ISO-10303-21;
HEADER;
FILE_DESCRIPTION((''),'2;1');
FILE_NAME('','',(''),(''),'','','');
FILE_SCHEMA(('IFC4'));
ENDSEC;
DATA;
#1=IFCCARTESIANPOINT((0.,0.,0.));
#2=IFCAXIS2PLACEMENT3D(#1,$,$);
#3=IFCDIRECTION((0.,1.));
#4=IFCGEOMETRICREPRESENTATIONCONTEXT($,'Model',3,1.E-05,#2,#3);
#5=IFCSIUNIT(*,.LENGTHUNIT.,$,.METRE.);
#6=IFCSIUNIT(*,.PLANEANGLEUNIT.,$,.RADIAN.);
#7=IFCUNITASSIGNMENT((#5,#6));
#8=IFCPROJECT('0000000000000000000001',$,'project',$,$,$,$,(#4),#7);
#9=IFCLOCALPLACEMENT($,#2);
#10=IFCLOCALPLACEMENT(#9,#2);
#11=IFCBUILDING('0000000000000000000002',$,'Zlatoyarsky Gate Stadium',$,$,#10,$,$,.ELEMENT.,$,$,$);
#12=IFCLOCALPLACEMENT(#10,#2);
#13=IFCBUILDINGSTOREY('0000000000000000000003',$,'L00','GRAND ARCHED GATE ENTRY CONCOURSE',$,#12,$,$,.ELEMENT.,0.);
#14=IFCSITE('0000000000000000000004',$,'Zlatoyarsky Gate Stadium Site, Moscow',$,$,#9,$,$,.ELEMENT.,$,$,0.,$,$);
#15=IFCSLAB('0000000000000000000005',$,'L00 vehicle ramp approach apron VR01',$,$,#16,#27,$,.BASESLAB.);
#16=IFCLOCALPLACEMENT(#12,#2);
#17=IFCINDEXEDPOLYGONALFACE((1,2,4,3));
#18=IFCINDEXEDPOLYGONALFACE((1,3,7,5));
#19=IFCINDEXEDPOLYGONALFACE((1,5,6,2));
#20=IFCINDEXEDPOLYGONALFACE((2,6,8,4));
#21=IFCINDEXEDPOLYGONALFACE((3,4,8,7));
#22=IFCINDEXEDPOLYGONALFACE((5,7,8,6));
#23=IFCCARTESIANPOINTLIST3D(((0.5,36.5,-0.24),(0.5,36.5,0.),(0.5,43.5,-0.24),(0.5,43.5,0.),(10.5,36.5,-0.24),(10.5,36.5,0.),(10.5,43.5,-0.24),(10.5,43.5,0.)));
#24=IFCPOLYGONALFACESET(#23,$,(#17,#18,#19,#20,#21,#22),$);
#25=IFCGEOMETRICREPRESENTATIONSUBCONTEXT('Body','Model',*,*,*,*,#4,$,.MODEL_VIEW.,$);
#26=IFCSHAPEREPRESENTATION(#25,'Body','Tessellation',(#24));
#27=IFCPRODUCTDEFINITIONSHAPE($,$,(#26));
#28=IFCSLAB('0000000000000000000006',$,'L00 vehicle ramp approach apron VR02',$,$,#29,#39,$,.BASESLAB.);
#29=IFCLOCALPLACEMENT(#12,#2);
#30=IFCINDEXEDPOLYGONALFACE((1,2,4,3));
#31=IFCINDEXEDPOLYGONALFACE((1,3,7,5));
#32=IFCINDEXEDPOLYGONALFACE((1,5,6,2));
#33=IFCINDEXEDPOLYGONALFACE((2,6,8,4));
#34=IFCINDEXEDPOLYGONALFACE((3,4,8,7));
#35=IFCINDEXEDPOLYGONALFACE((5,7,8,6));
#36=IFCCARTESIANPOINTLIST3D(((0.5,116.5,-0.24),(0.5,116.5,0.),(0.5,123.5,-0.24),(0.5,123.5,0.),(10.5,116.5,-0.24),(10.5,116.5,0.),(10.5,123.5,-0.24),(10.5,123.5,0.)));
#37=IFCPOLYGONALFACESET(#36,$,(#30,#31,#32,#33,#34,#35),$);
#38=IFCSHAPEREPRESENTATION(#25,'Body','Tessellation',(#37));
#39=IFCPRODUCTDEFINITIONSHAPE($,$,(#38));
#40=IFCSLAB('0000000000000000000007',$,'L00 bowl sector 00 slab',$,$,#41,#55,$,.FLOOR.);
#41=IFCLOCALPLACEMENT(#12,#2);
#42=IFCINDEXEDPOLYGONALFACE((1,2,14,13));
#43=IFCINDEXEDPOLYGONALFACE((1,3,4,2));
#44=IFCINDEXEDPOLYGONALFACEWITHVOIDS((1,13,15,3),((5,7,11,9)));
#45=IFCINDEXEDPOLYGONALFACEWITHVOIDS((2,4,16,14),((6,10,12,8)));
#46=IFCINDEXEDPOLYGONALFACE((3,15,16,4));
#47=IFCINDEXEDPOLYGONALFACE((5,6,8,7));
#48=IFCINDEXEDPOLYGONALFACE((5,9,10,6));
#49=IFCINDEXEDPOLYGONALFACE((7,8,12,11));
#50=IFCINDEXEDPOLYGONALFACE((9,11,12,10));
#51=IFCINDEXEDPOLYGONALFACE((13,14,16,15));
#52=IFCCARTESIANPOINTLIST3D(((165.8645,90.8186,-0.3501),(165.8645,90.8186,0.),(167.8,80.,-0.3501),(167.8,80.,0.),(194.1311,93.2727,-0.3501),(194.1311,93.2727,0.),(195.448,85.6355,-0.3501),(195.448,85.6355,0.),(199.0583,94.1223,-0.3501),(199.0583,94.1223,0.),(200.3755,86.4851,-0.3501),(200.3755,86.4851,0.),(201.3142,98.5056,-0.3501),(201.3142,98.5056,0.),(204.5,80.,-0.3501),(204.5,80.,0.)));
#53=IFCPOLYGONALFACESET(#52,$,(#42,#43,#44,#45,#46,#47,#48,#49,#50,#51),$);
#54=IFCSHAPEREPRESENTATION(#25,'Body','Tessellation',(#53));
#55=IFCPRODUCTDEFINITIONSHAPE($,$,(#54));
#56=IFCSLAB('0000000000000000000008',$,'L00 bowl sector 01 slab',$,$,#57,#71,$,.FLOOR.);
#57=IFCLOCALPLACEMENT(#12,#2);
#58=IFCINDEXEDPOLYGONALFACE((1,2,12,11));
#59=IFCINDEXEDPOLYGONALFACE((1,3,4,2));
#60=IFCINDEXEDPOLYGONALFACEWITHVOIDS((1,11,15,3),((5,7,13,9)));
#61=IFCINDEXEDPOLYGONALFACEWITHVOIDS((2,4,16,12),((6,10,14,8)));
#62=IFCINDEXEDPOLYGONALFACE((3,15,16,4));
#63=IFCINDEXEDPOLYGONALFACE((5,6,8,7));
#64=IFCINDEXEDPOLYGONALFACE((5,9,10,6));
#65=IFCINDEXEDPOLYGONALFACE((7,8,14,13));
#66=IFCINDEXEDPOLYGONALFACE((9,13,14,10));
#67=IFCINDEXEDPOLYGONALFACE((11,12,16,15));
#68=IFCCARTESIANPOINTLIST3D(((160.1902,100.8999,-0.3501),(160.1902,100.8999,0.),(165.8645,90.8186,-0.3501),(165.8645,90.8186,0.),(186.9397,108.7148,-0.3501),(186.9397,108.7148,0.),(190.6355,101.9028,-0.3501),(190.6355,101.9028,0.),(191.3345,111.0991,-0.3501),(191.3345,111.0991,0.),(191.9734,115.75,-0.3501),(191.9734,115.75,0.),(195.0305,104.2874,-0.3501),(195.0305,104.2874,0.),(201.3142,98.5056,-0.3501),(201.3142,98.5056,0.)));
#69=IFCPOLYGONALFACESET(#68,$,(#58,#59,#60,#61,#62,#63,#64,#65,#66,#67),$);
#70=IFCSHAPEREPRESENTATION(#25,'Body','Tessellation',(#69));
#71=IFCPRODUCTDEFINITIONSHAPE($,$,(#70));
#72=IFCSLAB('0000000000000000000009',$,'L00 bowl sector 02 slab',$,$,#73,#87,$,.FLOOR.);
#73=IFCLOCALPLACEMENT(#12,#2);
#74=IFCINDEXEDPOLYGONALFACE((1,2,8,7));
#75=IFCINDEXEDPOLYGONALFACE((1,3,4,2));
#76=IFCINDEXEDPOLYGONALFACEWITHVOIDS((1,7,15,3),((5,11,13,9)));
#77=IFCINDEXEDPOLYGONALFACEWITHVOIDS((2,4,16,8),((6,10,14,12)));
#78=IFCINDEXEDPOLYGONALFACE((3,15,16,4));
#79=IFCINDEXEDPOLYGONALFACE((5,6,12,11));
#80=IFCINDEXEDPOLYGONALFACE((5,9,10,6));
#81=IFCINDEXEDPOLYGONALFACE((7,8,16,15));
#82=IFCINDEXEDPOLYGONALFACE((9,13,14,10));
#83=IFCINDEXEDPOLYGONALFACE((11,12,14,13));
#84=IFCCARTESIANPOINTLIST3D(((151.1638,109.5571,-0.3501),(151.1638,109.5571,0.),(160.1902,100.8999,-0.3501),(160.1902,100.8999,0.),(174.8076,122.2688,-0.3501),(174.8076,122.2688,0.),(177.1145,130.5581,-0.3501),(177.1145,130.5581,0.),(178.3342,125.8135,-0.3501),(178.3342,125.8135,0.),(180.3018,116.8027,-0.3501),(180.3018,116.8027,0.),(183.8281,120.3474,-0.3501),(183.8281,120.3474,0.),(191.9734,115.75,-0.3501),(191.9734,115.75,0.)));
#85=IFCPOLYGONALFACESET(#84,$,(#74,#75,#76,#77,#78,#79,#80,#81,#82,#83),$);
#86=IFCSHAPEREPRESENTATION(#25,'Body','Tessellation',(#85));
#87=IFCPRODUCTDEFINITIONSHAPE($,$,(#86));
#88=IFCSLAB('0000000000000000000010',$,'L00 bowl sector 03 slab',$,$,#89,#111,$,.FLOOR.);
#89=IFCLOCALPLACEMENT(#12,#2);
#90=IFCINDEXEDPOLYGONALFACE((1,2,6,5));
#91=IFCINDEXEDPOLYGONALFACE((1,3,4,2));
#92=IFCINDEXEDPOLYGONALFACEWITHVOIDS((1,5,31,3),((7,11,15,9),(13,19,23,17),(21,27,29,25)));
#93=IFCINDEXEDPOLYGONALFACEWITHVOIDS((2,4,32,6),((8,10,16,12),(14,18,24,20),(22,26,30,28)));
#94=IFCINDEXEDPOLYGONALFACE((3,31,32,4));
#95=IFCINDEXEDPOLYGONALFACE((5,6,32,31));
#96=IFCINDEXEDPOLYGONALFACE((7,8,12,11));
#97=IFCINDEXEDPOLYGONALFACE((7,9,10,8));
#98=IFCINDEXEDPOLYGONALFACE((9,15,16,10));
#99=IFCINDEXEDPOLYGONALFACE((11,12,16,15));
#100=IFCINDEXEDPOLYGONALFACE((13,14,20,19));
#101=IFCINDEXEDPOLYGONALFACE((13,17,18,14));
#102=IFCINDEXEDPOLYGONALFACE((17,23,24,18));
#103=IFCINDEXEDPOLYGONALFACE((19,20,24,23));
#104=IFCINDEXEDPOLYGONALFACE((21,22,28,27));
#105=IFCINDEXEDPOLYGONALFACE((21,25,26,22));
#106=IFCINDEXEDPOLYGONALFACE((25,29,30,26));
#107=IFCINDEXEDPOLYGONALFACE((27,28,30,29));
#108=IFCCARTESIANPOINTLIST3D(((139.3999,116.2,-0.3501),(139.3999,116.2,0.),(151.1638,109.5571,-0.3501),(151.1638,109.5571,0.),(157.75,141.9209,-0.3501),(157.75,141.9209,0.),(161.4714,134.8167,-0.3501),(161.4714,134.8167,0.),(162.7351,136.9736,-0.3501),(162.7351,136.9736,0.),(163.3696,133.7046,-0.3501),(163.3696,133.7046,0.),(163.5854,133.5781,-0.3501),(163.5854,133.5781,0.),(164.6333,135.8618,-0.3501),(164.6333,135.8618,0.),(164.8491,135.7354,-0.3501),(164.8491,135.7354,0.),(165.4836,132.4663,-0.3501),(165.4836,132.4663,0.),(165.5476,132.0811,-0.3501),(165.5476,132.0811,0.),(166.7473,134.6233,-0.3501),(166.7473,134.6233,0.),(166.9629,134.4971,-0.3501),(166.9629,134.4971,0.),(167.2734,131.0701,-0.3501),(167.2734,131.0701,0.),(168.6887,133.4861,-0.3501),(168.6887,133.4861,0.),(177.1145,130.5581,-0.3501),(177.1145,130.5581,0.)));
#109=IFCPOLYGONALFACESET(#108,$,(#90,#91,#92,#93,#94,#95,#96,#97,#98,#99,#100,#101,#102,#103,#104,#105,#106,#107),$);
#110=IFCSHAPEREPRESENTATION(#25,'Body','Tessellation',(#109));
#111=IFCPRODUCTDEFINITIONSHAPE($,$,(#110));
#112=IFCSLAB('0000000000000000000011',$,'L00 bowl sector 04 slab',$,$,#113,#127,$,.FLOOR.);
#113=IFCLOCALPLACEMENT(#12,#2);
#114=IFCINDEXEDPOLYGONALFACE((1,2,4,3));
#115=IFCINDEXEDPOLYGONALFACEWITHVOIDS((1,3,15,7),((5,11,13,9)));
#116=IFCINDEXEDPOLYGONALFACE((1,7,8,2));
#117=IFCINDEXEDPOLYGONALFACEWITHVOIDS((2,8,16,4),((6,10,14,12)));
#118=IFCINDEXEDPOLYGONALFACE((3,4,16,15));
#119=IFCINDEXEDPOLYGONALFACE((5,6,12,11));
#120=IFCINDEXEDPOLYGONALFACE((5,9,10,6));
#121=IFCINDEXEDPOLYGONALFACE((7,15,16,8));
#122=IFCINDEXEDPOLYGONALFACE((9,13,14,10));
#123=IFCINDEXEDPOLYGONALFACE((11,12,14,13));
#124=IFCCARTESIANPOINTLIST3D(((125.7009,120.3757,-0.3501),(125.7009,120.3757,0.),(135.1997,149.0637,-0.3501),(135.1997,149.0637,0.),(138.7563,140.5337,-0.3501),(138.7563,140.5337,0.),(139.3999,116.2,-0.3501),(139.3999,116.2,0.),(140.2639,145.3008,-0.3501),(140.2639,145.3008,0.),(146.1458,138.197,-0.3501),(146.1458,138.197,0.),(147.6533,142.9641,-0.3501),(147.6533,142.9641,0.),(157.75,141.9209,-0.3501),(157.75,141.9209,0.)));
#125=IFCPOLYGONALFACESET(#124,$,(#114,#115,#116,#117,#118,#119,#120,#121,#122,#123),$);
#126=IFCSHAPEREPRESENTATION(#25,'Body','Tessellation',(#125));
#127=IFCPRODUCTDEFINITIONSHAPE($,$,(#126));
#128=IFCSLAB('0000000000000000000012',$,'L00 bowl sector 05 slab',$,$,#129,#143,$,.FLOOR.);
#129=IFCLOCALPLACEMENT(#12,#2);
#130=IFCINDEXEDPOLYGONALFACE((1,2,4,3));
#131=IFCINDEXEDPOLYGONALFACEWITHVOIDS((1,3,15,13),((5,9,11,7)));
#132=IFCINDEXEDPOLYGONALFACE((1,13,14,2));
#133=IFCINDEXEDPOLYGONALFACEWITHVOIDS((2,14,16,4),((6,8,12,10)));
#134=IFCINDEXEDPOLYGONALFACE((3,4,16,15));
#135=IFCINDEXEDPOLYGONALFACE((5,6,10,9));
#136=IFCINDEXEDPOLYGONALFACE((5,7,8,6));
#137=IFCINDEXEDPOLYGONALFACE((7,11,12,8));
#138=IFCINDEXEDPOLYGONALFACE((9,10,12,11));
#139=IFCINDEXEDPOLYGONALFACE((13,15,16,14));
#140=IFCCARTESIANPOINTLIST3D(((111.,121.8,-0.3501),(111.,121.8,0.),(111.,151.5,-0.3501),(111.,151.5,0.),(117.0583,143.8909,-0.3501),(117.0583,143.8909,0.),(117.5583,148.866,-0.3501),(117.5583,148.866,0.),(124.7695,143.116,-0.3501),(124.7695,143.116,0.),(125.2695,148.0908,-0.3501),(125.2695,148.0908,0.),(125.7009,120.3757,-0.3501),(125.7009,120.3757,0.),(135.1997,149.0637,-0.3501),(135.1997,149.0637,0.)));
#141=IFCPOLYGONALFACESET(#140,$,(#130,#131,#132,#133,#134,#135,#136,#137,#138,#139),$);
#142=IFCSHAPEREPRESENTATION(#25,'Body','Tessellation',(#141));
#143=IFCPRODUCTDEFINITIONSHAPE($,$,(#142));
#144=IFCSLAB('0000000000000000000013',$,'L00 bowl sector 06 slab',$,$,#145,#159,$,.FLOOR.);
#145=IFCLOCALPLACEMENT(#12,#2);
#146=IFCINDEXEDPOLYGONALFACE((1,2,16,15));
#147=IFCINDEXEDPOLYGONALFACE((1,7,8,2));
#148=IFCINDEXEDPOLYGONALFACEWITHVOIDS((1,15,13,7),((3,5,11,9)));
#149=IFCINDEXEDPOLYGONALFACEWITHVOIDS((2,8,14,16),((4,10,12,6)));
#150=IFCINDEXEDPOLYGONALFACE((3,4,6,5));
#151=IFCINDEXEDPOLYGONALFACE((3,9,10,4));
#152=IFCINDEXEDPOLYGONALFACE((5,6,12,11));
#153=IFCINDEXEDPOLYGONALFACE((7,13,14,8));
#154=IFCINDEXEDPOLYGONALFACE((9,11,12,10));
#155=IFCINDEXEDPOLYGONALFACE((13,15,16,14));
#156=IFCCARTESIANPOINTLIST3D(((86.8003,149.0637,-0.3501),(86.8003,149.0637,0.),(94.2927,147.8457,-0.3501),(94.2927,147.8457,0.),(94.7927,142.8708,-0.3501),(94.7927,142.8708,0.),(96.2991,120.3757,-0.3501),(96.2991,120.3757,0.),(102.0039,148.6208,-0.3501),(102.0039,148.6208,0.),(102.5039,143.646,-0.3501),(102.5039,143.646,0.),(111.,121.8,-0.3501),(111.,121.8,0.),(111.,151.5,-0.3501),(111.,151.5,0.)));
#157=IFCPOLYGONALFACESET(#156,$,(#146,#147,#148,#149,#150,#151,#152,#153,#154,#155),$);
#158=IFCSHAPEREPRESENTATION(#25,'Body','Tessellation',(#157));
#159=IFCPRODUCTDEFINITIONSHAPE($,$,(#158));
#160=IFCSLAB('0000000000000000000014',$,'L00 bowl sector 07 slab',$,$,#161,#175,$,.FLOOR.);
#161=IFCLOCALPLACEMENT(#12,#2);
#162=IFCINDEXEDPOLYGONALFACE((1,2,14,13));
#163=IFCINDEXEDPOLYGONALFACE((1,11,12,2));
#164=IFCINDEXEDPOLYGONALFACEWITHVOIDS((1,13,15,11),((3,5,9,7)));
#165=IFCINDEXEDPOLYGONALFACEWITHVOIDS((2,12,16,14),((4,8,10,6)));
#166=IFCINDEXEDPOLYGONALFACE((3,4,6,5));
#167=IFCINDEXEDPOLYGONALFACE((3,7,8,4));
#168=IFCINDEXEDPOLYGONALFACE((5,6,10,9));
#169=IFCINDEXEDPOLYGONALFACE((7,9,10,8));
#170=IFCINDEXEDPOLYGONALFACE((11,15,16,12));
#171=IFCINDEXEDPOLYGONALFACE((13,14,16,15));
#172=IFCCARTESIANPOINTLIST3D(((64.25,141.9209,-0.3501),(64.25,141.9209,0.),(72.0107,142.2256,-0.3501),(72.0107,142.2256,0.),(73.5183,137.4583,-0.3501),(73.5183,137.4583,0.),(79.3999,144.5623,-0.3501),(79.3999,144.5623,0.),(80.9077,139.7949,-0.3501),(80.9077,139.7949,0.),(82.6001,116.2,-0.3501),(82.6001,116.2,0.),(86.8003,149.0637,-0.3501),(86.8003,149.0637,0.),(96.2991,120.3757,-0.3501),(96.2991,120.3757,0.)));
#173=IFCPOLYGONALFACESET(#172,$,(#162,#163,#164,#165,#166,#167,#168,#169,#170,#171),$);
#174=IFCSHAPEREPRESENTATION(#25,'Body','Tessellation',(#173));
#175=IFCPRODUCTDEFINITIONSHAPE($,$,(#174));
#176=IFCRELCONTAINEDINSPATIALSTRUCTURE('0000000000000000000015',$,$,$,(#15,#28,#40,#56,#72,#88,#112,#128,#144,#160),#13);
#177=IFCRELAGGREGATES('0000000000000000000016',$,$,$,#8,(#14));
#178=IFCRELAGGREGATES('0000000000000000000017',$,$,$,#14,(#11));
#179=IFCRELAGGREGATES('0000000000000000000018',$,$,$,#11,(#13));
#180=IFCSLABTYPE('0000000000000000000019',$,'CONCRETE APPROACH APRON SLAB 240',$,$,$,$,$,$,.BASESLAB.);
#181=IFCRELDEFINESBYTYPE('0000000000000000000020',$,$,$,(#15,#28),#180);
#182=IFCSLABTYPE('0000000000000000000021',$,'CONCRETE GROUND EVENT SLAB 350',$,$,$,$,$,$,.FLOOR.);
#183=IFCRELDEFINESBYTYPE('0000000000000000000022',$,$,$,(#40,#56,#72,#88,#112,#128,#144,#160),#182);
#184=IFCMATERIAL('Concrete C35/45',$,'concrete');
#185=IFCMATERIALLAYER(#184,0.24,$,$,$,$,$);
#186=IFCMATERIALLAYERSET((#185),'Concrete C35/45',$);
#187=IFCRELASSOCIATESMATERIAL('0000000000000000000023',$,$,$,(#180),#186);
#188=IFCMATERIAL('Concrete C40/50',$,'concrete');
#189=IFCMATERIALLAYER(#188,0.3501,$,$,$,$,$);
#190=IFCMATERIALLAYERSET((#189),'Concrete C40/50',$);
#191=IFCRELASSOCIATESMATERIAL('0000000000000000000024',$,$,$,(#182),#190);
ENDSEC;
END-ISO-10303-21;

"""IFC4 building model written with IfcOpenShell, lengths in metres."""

from ifc_helpers import new_model, si_unit, direction, frame, origin, place, context, subcontext, project, spatial, polyline, outline, extrude, material, layer, layer_set, type_object, element, save


model = new_model("IFC4")

# Units and contexts
model_context = context("Model", 3, precision=1e-05, world=origin(), true_north=direction((0.0, 1.0)))
body_context = subcontext(model_context, "Body", "Model", "MODEL_VIEW")
ifc_project = project(units=[si_unit("LENGTHUNIT", "METRE"), si_unit("PLANEANGLEUNIT", "RADIAN")], contexts=[model_context])

# Site, building, storey
site_placement = place(None, origin())
site = spatial("IfcSite", under=ifc_project, at=site_placement, Name="Zlatoyarsky Gate Stadium Site, Moscow", CompositionType="ELEMENT", RefElevation=0.0)
building_placement = place(site_placement, origin())
building = spatial("IfcBuilding", under=site, at=building_placement, Name="Zlatoyarsky Gate Stadium", CompositionType="ELEMENT")
storey_placement = place(building_placement, origin())
storey = spatial("IfcBuildingStorey", under=building, at=storey_placement, Name="L00", Description="GRAND ARCHED GATE ENTRY CONCOURSE", CompositionType="ELEMENT", Elevation=0.0)

# Slabs
ifc_material_1 = material(Name="Concrete C35/45", Category="concrete")
ifc_layer_1 = layer(ifc_material_1, 0.24)
ifc_layer_set_1 = layer_set([ifc_layer_1], Name="Concrete C35/45")
slab_type_1 = type_object("IfcSlabType", Name="CONCRETE APPROACH APRON SLAB 240", PredefinedType="BASESLAB", material=ifc_layer_set_1)
slab_1_placement = place(storey_placement, frame((0.0, 0.0, -0.24)))
element("IfcSlab", 1, at=slab_1_placement, inside=storey, type_object=slab_type_1, Name="L00 vehicle ramp approach apron VR01", PredefinedType="BASESLAB", context=body_context, shape_type="SweptSolid", body=[
    extrude(outline(polyline([(0.5, 36.5), (10.5, 36.5), (10.5, 43.5), (0.5, 43.5), (0.5, 36.5)])), origin(), (0.0, 0.0, 1.0), 0.24),
])
slab_2_placement = place(storey_placement, frame((0.0, 0.0, -0.24)))
element("IfcSlab", 2, at=slab_2_placement, inside=storey, type_object=slab_type_1, Name="L00 vehicle ramp approach apron VR02", PredefinedType="BASESLAB", context=body_context, shape_type="SweptSolid", body=[
    extrude(outline(polyline([(0.5, 116.5), (10.5, 116.5), (10.5, 123.5), (0.5, 123.5), (0.5, 116.5)])), origin(), (0.0, 0.0, 1.0), 0.24),
])
ifc_material_2 = material(Name="Concrete C40/50", Category="concrete")
ifc_layer_2 = layer(ifc_material_2, 0.3501)
ifc_layer_set_2 = layer_set([ifc_layer_2], Name="Concrete C40/50")
slab_type_2 = type_object("IfcSlabType", Name="CONCRETE GROUND EVENT SLAB 350", PredefinedType="FLOOR", material=ifc_layer_set_2)
slab_3_placement = place(storey_placement, frame((0.0, 0.0, -0.3501)))
element("IfcSlab", 3, at=slab_3_placement, inside=storey, type_object=slab_type_2, Name="L00 bowl sector 00 slab", PredefinedType="FLOOR", context=body_context, shape_type="SweptSolid", body=[
    extrude(outline(polyline([(165.8645, 90.8186), (201.3142, 98.5056), (204.5, 80.0), (167.8, 80.0), (165.8645, 90.8186)]), holes=[polyline([(195.448, 85.6355), (200.3755, 86.4851), (199.0583, 94.1223), (194.1311, 93.2727), (195.448, 85.6355)])]), origin(), (0.0, 0.0, 1.0), 0.3501),
])
slab_4_placement = place(storey_placement, frame((0.0, 0.0, -0.3501)))
element("IfcSlab", 4, at=slab_4_placement, inside=storey, type_object=slab_type_2, Name="L00 bowl sector 01 slab", PredefinedType="FLOOR", context=body_context, shape_type="SweptSolid", body=[
    extrude(outline(polyline([(160.1902, 100.8999), (191.9734, 115.75), (201.3142, 98.5056), (165.8645, 90.8186), (160.1902, 100.8999)]), holes=[polyline([(195.0305, 104.2874), (191.3345, 111.0991), (186.9397, 108.7148), (190.6355, 101.9028), (195.0305, 104.2874)])]), origin(), (0.0, 0.0, 1.0), 0.3501),
])
slab_5_placement = place(storey_placement, frame((0.0, 0.0, -0.3501)))
element("IfcSlab", 5, at=slab_5_placement, inside=storey, type_object=slab_type_2, Name="L00 bowl sector 02 slab", PredefinedType="FLOOR", context=body_context, shape_type="SweptSolid", body=[
    extrude(outline(polyline([(151.1638, 109.5571), (177.1145, 130.5581), (191.9734, 115.75), (160.1902, 100.8999), (151.1638, 109.5571)]), holes=[polyline([(180.3018, 116.8027), (183.8281, 120.3474), (178.3342, 125.8135), (174.8076, 122.2688), (180.3018, 116.8027)])]), origin(), (0.0, 0.0, 1.0), 0.3501),
])
slab_6_placement = place(storey_placement, frame((0.0, 0.0, -0.3501)))
element("IfcSlab", 6, at=slab_6_placement, inside=storey, type_object=slab_type_2, Name="L00 bowl sector 03 slab", PredefinedType="FLOOR", context=body_context, shape_type="SweptSolid", body=[
    extrude(outline(polyline([(139.3999, 116.2), (157.75, 141.9209), (177.1145, 130.5581), (151.1638, 109.5571), (139.3999, 116.2)]), holes=[polyline([(167.2734, 131.0701), (168.6887, 133.4861), (166.9629, 134.4971), (165.5476, 132.0811), (167.2734, 131.0701)]), polyline([(165.4836, 132.4663), (166.7473, 134.6233), (164.8491, 135.7354), (163.5854, 133.5781), (165.4836, 132.4663)]), polyline([(163.3696, 133.7046), (164.6333, 135.8618), (162.7351, 136.9736), (161.4714, 134.8167), (163.3696, 133.7046)])]), origin(), (0.0, 0.0, 1.0), 0.3501),
])
slab_7_placement = place(storey_placement, frame((0.0, 0.0, -0.3501)))
element("IfcSlab", 7, at=slab_7_placement, inside=storey, type_object=slab_type_2, Name="L00 bowl sector 04 slab", PredefinedType="FLOOR", context=body_context, shape_type="SweptSolid", body=[
    extrude(outline(polyline([(125.7009, 120.3757), (135.1997, 149.0637), (157.75, 141.9209), (139.3999, 116.2), (125.7009, 120.3757)]), holes=[polyline([(146.1458, 138.197), (147.6533, 142.9641), (140.2639, 145.3008), (138.7563, 140.5337), (146.1458, 138.197)])]), origin(), (0.0, 0.0, 1.0), 0.3501),
])
slab_8_placement = place(storey_placement, frame((0.0, 0.0, -0.3501)))
element("IfcSlab", 8, at=slab_8_placement, inside=storey, type_object=slab_type_2, Name="L00 bowl sector 05 slab", PredefinedType="FLOOR", context=body_context, shape_type="SweptSolid", body=[
    extrude(outline(polyline([(111.0, 121.8), (111.0, 151.5), (135.1997, 149.0637), (125.7009, 120.3757), (111.0, 121.8)]), holes=[polyline([(124.7695, 143.116), (125.2695, 148.0908), (117.5583, 148.866), (117.0583, 143.8909), (124.7695, 143.116)])]), origin(), (0.0, 0.0, 1.0), 0.3501),
])
slab_9_placement = place(storey_placement, frame((0.0, 0.0, -0.3501)))
element("IfcSlab", 9, at=slab_9_placement, inside=storey, type_object=slab_type_2, Name="L00 bowl sector 06 slab", PredefinedType="FLOOR", context=body_context, shape_type="SweptSolid", body=[
    extrude(outline(polyline([(96.2991, 120.3757), (86.8003, 149.0637), (111.0, 151.5), (111.0, 121.8), (96.2991, 120.3757)]), holes=[polyline([(102.0039, 148.6208), (94.2927, 147.8457), (94.7927, 142.8708), (102.5039, 143.646), (102.0039, 148.6208)])]), origin(), (0.0, 0.0, 1.0), 0.3501),
])
slab_10_placement = place(storey_placement, frame((0.0, 0.0, -0.3501)))
element("IfcSlab", 10, at=slab_10_placement, inside=storey, type_object=slab_type_2, Name="L00 bowl sector 07 slab", PredefinedType="FLOOR", context=body_context, shape_type="SweptSolid", body=[
    extrude(outline(polyline([(82.6001, 116.2), (64.25, 141.9209), (86.8003, 149.0637), (96.2991, 120.3757), (82.6001, 116.2)]), holes=[polyline([(80.9077, 139.7949), (79.3999, 144.5623), (72.0107, 142.2256), (73.5183, 137.4583), (80.9077, 139.7949)])]), origin(), (0.0, 0.0, 1.0), 0.3501),
])

save(model, "model.ifc")
